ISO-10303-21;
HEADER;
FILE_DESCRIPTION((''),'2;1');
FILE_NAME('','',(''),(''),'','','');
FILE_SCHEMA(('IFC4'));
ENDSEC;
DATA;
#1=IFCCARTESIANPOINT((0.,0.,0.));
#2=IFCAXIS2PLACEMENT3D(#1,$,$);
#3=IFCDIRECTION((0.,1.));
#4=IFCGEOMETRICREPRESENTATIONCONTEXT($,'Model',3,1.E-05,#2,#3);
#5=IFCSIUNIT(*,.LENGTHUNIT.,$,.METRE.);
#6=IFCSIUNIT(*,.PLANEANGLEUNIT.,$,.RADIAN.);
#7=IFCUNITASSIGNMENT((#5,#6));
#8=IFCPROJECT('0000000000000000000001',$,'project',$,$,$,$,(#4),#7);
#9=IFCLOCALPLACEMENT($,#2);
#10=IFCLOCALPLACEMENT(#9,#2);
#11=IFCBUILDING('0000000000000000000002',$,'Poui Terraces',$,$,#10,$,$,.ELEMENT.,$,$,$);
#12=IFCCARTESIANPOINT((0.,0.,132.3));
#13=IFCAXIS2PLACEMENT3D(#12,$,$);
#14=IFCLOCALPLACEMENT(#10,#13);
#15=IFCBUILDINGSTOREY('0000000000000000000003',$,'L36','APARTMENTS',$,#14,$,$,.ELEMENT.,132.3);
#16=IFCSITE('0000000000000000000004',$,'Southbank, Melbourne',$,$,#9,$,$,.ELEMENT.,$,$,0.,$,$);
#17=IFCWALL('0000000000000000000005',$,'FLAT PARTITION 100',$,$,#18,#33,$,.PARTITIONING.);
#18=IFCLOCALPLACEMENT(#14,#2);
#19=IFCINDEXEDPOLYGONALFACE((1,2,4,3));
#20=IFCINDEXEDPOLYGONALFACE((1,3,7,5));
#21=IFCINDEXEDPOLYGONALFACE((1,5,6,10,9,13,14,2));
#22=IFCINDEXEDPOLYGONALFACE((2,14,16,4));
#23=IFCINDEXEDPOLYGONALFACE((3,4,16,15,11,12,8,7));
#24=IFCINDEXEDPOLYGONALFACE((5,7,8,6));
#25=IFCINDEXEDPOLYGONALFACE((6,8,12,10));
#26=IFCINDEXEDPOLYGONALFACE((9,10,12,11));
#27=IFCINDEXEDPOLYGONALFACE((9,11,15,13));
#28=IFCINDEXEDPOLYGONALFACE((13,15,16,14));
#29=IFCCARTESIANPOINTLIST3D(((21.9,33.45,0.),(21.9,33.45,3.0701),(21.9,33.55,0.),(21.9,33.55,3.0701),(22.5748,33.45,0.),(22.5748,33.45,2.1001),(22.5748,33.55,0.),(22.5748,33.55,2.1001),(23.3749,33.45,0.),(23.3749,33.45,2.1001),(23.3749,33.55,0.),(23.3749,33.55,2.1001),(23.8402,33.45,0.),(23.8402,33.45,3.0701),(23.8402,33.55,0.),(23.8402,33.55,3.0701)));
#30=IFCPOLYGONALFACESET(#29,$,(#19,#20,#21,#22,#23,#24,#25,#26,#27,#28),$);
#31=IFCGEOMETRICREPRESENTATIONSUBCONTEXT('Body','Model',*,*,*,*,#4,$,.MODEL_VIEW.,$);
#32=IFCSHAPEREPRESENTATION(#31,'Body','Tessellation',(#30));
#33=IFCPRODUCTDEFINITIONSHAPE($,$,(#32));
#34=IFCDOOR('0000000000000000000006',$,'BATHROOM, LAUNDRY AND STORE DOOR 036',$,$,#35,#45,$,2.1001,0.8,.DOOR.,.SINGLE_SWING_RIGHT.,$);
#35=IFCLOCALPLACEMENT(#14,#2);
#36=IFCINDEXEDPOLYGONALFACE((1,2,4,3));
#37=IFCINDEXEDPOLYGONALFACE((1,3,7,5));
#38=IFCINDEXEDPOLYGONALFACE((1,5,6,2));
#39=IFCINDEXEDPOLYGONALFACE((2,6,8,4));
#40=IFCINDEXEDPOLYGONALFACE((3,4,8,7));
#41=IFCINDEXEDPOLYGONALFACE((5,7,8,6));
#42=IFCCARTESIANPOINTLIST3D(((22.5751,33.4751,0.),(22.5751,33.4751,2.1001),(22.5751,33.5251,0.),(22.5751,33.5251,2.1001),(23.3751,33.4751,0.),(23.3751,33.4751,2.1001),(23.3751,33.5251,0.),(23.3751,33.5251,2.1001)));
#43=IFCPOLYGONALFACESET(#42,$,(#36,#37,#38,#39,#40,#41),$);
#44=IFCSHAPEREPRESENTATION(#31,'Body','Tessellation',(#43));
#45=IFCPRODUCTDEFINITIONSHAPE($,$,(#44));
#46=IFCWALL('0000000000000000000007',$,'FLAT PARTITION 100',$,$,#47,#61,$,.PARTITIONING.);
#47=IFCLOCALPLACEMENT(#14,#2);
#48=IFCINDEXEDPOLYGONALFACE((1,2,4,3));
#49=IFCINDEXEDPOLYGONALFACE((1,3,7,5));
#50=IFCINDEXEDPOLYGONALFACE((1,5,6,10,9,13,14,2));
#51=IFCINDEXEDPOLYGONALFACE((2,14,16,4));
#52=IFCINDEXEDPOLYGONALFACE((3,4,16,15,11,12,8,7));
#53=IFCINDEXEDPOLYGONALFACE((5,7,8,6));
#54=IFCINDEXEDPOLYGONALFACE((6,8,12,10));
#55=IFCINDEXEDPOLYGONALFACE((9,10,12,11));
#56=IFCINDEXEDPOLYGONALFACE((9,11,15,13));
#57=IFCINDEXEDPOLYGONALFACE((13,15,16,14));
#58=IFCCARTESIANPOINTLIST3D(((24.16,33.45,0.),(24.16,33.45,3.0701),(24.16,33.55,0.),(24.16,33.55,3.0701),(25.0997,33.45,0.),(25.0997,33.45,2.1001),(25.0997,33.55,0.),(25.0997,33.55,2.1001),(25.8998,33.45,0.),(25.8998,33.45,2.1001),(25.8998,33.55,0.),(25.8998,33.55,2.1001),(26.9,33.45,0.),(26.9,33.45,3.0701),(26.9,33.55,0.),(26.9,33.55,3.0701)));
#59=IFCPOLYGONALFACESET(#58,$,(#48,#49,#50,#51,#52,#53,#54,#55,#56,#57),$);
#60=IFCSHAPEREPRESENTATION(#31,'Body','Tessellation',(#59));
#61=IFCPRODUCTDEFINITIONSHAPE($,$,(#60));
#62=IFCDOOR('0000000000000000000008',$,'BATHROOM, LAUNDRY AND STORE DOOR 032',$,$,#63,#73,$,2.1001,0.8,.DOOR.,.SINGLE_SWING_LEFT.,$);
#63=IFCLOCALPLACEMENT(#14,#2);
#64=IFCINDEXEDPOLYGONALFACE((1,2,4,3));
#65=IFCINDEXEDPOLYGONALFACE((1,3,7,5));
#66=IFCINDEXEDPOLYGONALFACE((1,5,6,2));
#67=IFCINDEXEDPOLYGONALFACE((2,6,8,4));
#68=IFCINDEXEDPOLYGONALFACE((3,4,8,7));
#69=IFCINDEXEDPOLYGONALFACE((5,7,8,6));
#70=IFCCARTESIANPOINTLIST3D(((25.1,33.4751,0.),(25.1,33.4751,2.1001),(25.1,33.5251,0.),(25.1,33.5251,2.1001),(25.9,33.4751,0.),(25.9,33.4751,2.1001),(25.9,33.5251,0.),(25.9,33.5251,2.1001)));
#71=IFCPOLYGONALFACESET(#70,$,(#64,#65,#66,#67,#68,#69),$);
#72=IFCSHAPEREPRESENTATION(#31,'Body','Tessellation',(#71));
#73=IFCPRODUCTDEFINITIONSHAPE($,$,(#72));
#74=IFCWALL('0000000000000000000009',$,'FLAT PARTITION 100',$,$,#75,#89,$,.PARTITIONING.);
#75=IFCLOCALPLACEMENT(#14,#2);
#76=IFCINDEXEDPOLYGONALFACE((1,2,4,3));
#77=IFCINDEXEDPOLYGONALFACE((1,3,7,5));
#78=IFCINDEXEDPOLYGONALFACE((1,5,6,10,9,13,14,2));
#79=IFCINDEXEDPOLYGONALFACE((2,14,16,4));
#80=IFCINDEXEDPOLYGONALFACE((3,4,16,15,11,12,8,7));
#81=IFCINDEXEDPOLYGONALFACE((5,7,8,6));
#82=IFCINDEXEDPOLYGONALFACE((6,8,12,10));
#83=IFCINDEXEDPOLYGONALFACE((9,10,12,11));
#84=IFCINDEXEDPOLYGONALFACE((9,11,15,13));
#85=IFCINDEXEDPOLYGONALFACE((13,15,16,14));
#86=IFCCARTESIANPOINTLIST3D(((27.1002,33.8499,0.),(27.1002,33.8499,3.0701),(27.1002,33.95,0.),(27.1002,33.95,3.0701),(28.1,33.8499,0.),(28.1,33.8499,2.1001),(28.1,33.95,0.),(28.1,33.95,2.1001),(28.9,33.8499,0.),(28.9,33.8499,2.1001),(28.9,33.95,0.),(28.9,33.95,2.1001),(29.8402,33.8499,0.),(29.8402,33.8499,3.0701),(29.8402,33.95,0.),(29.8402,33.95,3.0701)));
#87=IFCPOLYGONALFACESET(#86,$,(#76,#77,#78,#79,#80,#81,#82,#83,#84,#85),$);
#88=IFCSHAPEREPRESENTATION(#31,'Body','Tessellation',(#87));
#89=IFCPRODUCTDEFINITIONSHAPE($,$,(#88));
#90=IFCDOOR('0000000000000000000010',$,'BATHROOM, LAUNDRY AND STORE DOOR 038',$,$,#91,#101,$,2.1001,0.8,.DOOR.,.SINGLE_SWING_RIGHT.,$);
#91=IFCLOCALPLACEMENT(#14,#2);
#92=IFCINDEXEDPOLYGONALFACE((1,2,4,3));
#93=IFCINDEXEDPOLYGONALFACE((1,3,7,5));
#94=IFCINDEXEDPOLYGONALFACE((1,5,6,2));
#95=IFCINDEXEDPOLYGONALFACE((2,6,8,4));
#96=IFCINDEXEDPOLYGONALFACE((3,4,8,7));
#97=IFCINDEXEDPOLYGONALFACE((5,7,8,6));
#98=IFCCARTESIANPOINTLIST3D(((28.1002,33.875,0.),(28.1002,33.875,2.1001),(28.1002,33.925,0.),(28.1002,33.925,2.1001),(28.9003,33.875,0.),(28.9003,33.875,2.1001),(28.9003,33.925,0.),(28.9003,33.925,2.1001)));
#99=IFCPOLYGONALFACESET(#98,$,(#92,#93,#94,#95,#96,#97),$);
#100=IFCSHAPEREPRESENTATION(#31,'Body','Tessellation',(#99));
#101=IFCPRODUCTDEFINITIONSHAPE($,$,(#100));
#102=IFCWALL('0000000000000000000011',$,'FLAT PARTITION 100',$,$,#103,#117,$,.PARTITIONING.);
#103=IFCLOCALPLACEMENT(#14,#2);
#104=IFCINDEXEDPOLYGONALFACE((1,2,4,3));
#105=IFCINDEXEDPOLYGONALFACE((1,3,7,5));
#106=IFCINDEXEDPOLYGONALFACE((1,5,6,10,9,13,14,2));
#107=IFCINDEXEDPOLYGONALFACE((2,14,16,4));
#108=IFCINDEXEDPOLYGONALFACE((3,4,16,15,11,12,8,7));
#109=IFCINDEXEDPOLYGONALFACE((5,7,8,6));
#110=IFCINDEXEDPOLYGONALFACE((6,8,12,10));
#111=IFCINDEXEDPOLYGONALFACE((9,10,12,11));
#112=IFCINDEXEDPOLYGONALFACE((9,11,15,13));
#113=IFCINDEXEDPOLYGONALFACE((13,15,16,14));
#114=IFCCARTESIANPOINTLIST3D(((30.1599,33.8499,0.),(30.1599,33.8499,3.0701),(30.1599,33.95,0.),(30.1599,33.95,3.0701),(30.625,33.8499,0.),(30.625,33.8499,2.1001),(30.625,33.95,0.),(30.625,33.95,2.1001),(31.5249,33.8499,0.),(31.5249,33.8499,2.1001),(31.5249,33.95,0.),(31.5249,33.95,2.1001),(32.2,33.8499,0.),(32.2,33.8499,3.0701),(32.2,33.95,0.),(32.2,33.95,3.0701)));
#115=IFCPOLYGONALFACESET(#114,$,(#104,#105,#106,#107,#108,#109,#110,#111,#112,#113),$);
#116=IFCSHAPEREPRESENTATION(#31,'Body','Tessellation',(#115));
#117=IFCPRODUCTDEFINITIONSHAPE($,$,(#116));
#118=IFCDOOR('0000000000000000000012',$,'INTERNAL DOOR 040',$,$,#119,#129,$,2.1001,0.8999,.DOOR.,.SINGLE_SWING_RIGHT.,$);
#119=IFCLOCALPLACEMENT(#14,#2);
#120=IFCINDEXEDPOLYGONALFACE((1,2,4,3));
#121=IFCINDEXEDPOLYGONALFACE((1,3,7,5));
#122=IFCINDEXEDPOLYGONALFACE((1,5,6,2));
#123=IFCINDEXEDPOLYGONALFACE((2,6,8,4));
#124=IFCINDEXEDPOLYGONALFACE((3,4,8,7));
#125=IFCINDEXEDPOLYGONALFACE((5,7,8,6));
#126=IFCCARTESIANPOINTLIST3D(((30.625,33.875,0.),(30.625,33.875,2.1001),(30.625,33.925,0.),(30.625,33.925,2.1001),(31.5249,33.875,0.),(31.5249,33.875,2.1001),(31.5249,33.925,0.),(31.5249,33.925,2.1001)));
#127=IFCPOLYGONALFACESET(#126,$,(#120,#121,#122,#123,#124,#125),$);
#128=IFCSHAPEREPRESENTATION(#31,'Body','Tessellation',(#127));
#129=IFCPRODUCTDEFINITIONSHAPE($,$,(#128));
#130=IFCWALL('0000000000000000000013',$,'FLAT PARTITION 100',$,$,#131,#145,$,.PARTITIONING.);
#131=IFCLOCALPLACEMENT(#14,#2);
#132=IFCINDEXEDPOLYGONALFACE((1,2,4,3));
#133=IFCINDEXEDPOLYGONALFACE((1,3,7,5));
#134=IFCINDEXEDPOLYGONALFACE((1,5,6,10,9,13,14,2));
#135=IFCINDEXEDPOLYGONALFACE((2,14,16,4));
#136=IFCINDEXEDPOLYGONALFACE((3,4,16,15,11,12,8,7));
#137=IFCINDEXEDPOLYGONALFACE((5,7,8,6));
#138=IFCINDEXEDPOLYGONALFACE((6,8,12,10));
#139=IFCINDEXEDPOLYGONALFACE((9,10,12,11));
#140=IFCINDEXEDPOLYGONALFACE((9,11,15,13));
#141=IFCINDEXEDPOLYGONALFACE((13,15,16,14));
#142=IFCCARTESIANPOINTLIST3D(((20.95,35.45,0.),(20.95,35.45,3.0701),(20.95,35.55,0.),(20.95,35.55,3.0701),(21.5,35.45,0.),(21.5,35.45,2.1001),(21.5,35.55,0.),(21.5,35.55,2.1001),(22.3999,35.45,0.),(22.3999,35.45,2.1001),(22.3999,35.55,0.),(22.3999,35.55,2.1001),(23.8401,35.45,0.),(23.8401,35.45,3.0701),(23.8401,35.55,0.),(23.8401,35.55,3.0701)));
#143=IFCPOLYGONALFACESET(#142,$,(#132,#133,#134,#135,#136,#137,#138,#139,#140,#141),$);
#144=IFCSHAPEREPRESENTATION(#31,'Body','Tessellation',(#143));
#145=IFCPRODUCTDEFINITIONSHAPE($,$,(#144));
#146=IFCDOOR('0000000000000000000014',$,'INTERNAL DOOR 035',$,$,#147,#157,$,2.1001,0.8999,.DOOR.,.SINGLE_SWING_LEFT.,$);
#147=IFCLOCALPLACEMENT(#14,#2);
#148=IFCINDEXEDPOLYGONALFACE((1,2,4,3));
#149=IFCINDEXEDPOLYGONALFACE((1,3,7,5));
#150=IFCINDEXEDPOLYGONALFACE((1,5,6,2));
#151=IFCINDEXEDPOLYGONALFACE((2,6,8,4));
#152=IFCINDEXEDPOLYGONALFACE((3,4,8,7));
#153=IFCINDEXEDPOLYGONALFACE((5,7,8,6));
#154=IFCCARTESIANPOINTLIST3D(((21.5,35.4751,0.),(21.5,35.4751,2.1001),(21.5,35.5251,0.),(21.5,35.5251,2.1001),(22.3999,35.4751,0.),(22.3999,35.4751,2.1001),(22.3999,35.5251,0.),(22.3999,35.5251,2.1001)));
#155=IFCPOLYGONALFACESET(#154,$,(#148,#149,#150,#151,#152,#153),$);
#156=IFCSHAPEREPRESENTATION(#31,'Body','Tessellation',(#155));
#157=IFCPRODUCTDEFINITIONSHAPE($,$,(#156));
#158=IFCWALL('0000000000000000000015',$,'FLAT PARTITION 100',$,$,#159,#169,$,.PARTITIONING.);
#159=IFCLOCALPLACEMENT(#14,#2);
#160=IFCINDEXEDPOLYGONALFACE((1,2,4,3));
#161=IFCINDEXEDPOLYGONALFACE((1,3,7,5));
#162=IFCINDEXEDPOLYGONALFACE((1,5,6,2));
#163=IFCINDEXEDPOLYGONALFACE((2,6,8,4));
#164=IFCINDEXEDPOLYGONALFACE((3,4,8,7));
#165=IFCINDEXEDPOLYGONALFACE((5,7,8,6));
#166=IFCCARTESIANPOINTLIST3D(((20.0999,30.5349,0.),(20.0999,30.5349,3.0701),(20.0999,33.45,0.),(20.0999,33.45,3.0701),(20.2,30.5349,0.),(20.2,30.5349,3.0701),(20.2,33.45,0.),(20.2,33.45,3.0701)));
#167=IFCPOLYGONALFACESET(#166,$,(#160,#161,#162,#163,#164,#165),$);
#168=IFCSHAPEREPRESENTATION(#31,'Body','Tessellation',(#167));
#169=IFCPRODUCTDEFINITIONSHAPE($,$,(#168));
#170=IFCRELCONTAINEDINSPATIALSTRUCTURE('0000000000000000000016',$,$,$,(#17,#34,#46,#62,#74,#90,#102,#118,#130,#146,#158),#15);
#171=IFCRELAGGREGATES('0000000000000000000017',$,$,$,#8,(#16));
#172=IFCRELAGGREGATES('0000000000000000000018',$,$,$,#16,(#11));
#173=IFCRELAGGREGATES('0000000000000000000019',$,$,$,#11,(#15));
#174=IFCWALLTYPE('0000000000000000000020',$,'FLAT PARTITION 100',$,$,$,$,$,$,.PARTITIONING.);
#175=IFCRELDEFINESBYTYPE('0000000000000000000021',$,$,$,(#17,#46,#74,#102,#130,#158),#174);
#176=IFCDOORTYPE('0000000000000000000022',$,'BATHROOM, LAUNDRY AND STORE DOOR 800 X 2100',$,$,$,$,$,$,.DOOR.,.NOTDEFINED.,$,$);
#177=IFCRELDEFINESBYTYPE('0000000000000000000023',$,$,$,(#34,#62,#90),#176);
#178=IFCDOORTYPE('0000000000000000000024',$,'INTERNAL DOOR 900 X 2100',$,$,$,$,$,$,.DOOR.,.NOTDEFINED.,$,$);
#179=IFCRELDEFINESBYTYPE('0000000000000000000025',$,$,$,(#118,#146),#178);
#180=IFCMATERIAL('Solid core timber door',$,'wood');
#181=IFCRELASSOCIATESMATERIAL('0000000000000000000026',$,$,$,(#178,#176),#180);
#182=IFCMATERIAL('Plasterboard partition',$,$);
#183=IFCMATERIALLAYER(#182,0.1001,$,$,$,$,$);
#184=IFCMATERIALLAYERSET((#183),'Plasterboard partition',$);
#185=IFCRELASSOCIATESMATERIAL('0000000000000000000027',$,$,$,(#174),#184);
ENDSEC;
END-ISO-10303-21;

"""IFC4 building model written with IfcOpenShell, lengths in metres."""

from ifc_helpers import new_model, si_unit, direction, frame, frame_2d, origin, place, context, subcontext, project, spatial, rectangle, extrude, material, layer, layer_set, type_object, element, fill, save


model = new_model("IFC4")

# Units and contexts
model_context = context("Model", 3, precision=1e-05, world=origin(), true_north=direction((0.0, 1.0)))
body_context = subcontext(model_context, "Body", "Model", "MODEL_VIEW")
ifc_project = project(units=[si_unit("LENGTHUNIT", "METRE"), si_unit("PLANEANGLEUNIT", "RADIAN")], contexts=[model_context])

# Site, building, storey
site_placement = place(None, origin())
site = spatial("IfcSite", under=ifc_project, at=site_placement, Name="Southbank, Melbourne", CompositionType="ELEMENT", RefElevation=0.0)
building_placement = place(site_placement, origin())
building = spatial("IfcBuilding", under=site, at=building_placement, Name="Poui Terraces", CompositionType="ELEMENT")
storey_placement = place(building_placement, frame((0.0, 0.0, 132.3)))
storey = spatial("IfcBuildingStorey", under=building, at=storey_placement, Name="L36", Description="APARTMENTS", CompositionType="ELEMENT", Elevation=132.3)

# Walls, openings, doors
ifc_material_1 = material(Name="Solid core timber door", Category="wood")
door_type_1 = type_object("IfcDoorType", Name="INTERNAL DOOR 900 X 2100", OperationType="NOTDEFINED", PredefinedType="DOOR", material=ifc_material_1)
ifc_material_2 = material(Name="Plasterboard partition")
ifc_layer_1 = layer(ifc_material_2, 0.1001)
ifc_layer_set_1 = layer_set([ifc_layer_1], Name="Plasterboard partition")
wall_type_1 = type_object("IfcWallType", Name="FLAT PARTITION 100", PredefinedType="PARTITIONING", material=ifc_layer_set_1)
wall_1_placement = place(storey_placement, frame((21.8999, 33.5, 0.0), z_axis=(0.0, 0.0, 1.0), x_axis=(1.0, 0.0, 0.0)))
wall_1 = element("IfcWall", 1, at=wall_1_placement, inside=storey, type_object=wall_type_1, Name="FLAT PARTITION 100", PredefinedType="PARTITIONING", context=body_context, shape_type="SweptSolid", body=[
    extrude(rectangle(XDim=1.9402, YDim=0.1001, at=frame_2d((0.9702, 0.0))), origin(), (0.0, 0.0, 1.0), 3.0701),
])
opening_1_placement = place(wall_1_placement, frame((0.675, 0.0, 0.0)))
opening_1 = element("IfcOpeningElement", 2, at=opening_1_placement, cuts=wall_1, PredefinedType="OPENING", context=body_context, shape_type="SweptSolid", body=[
    extrude(rectangle(XDim=0.8, YDim=2.1001, at=frame_2d((0.3999, 1.05))), frame((0.0, 0.0601, 0.0), z_axis=(0.0, -1.0, 0.0), x_axis=(1.0, 0.0, 0.0)), (0.0, 0.0, 1.0), 0.1201),
])
door_type_2 = type_object("IfcDoorType", Name="BATHROOM, LAUNDRY AND STORE DOOR 800 X 2100", OperationType="NOTDEFINED", PredefinedType="DOOR", material=ifc_material_1)
door_1_placement = place(opening_1_placement, frame((0.8, 0.0, 0.0), z_axis=(0.0, 0.0, 1.0), x_axis=(-1.0, 0.0, 0.0)))
door_1 = element("IfcDoor", 3, at=door_1_placement, inside=storey, type_object=door_type_2, Name="BATHROOM, LAUNDRY AND STORE DOOR 036", OperationType="SINGLE_SWING_RIGHT", OverallHeight=2.1001, OverallWidth=0.8, PredefinedType="DOOR", context=body_context, shape_type="SweptSolid", body=[
    extrude(rectangle(XDim=0.8, YDim=2.1001, at=frame_2d((0.3999, 1.05))), frame((0.0, 0.0249, 0.0), z_axis=(0.0, -1.0, 0.0), x_axis=(1.0, 0.0, 0.0)), (0.0, 0.0, 1.0), 0.05),
])
fill(opening_1, door_1)
wall_2_placement = place(storey_placement, frame((24.1599, 33.5, 0.0), z_axis=(0.0, 0.0, 1.0), x_axis=(1.0, 0.0, 0.0)))
wall_2 = element("IfcWall", 4, at=wall_2_placement, inside=storey, type_object=wall_type_1, Name="FLAT PARTITION 100", PredefinedType="PARTITIONING", context=body_context, shape_type="SweptSolid", body=[
    extrude(rectangle(XDim=2.74, YDim=0.1001, at=frame_2d((1.3701, 0.0))), origin(), (0.0, 0.0, 1.0), 3.0701),
])
opening_2_placement = place(wall_2_placement, frame((0.9399, 0.0, 0.0)))
opening_2 = element("IfcOpeningElement", 5, at=opening_2_placement, cuts=wall_2, PredefinedType="OPENING", context=body_context, shape_type="SweptSolid", body=[
    extrude(rectangle(XDim=0.8, YDim=2.1001, at=frame_2d((0.3999, 1.05))), frame((0.0, 0.0601, 0.0), z_axis=(0.0, -1.0, 0.0), x_axis=(1.0, 0.0, 0.0)), (0.0, 0.0, 1.0), 0.1201),
])
door_2_placement = place(opening_2_placement, frame((0.8, 0.0, 0.0), z_axis=(0.0, 0.0, 1.0), x_axis=(-1.0, 0.0, 0.0)))
door_2 = element("IfcDoor", 6, at=door_2_placement, inside=storey, type_object=door_type_2, Name="BATHROOM, LAUNDRY AND STORE DOOR 032", OperationType="SINGLE_SWING_LEFT", OverallHeight=2.1001, OverallWidth=0.8, PredefinedType="DOOR", context=body_context, shape_type="SweptSolid", body=[
    extrude(rectangle(XDim=0.8, YDim=2.1001, at=frame_2d((0.3999, 1.05))), frame((0.0, 0.0249, 0.0), z_axis=(0.0, -1.0, 0.0), x_axis=(1.0, 0.0, 0.0)), (0.0, 0.0, 1.0), 0.05),
])
fill(opening_2, door_2)
wall_3_placement = place(storey_placement, frame((27.1001, 33.8999, 0.0), z_axis=(0.0, 0.0, 1.0), x_axis=(1.0, 0.0, 0.0)))
wall_3 = element("IfcWall", 7, at=wall_3_placement, inside=storey, type_object=wall_type_1, Name="FLAT PARTITION 100", PredefinedType="PARTITIONING", context=body_context, shape_type="SweptSolid", body=[
    extrude(rectangle(XDim=2.74, YDim=0.1001, at=frame_2d((1.3701, 0.0))), origin(), (0.0, 0.0, 1.0), 3.0701),
])
opening_3_placement = place(wall_3_placement, frame((1.0, 0.0, 0.0)))
opening_3 = element("IfcOpeningElement", 8, at=opening_3_placement, cuts=wall_3, PredefinedType="OPENING", context=body_context, shape_type="SweptSolid", body=[
    extrude(rectangle(XDim=0.8, YDim=2.1001, at=frame_2d((0.3999, 1.05))), frame((0.0, 0.0601, 0.0), z_axis=(0.0, -1.0, 0.0), x_axis=(1.0, 0.0, 0.0)), (0.0, 0.0, 1.0), 0.1201),
])
door_3_placement = place(opening_3_placement, frame((0.8, 0.0, 0.0), z_axis=(0.0, 0.0, 1.0), x_axis=(-1.0, 0.0, 0.0)))
door_3 = element("IfcDoor", 9, at=door_3_placement, inside=storey, type_object=door_type_2, Name="BATHROOM, LAUNDRY AND STORE DOOR 038", OperationType="SINGLE_SWING_RIGHT", OverallHeight=2.1001, OverallWidth=0.8, PredefinedType="DOOR", context=body_context, shape_type="SweptSolid", body=[
    extrude(rectangle(XDim=0.8, YDim=2.1001, at=frame_2d((0.3999, 1.05))), frame((0.0, 0.0249, 0.0), z_axis=(0.0, -1.0, 0.0), x_axis=(1.0, 0.0, 0.0)), (0.0, 0.0, 1.0), 0.05),
])
fill(opening_3, door_3)
wall_4_placement = place(storey_placement, frame((30.1599, 33.8999, 0.0), z_axis=(0.0, 0.0, 1.0), x_axis=(1.0, 0.0, 0.0)))
wall_4 = element("IfcWall", 10, at=wall_4_placement, inside=storey, type_object=wall_type_1, Name="FLAT PARTITION 100", PredefinedType="PARTITIONING", context=body_context, shape_type="SweptSolid", body=[
    extrude(rectangle(XDim=2.04, YDim=0.1001, at=frame_2d((1.02, 0.0))), origin(), (0.0, 0.0, 1.0), 3.0701),
])
opening_4_placement = place(wall_4_placement, frame((0.4651, 0.0, 0.0)))
opening_4 = element("IfcOpeningElement", 11, at=opening_4_placement, cuts=wall_4, PredefinedType="OPENING", context=body_context, shape_type="SweptSolid", body=[
    extrude(rectangle(XDim=0.8999, YDim=2.1001, at=frame_2d((0.45, 1.05))), frame((0.0, 0.0601, 0.0), z_axis=(0.0, -1.0, 0.0), x_axis=(1.0, 0.0, 0.0)), (0.0, 0.0, 1.0), 0.1201),
])
door_4_placement = place(opening_4_placement, frame((0.8999, 0.0, 0.0), z_axis=(0.0, 0.0, 1.0), x_axis=(-1.0, 0.0, 0.0)))
door_4 = element("IfcDoor", 12, at=door_4_placement, inside=storey, type_object=door_type_1, Name="INTERNAL DOOR 040", OperationType="SINGLE_SWING_RIGHT", OverallHeight=2.1001, OverallWidth=0.8999, PredefinedType="DOOR", context=body_context, shape_type="SweptSolid", body=[
    extrude(rectangle(XDim=0.8999, YDim=2.1001, at=frame_2d((0.45, 1.05))), frame((0.0, 0.0249, 0.0), z_axis=(0.0, -1.0, 0.0), x_axis=(1.0, 0.0, 0.0)), (0.0, 0.0, 1.0), 0.05),
])
fill(opening_4, door_4)
wall_5_placement = place(storey_placement, frame((20.95, 35.5, 0.0), z_axis=(0.0, 0.0, 1.0), x_axis=(1.0, 0.0, 0.0)))
wall_5 = element("IfcWall", 13, at=wall_5_placement, inside=storey, type_object=wall_type_1, Name="FLAT PARTITION 100", PredefinedType="PARTITIONING", context=body_context, shape_type="SweptSolid", body=[
    extrude(rectangle(XDim=2.8901, YDim=0.1001, at=frame_2d((1.4451, 0.0))), origin(), (0.0, 0.0, 1.0), 3.0701),
])
opening_5_placement = place(wall_5_placement, frame((0.55, 0.0, 0.0)))
opening_5 = element("IfcOpeningElement", 14, at=opening_5_placement, cuts=wall_5, PredefinedType="OPENING", context=body_context, shape_type="SweptSolid", body=[
    extrude(rectangle(XDim=0.8999, YDim=2.1001, at=frame_2d((0.45, 1.05))), frame((0.0, 0.0601, 0.0), z_axis=(0.0, -1.0, 0.0), x_axis=(1.0, 0.0, 0.0)), (0.0, 0.0, 1.0), 0.1201),
])
door_5_placement = place(opening_5_placement, frame((0.8999, 0.0, 0.0), z_axis=(0.0, 0.0, 1.0), x_axis=(-1.0, 0.0, 0.0)))
door_5 = element("IfcDoor", 15, at=door_5_placement, inside=storey, type_object=door_type_1, Name="INTERNAL DOOR 035", OperationType="SINGLE_SWING_LEFT", OverallHeight=2.1001, OverallWidth=0.8999, PredefinedType="DOOR", context=body_context, shape_type="SweptSolid", body=[
    extrude(rectangle(XDim=0.8999, YDim=2.1001, at=frame_2d((0.45, 1.05))), frame((0.0, 0.0249, 0.0), z_axis=(0.0, -1.0, 0.0), x_axis=(1.0, 0.0, 0.0)), (0.0, 0.0, 1.0), 0.05),
])
fill(opening_5, door_5)

# Wall
wall_6_placement = place(storey_placement, frame((20.1499, 30.5349, 0.0), z_axis=(0.0, 0.0, 1.0), x_axis=(0.0, 1.0, 0.0)))
element("IfcWall", 16, at=wall_6_placement, inside=storey, type_object=wall_type_1, Name="FLAT PARTITION 100", PredefinedType="PARTITIONING", context=body_context, shape_type="SweptSolid", body=[
    extrude(rectangle(XDim=2.915, YDim=0.1001, at=frame_2d((1.4575, 0.0))), origin(), (0.0, 0.0, 1.0), 3.0701),
])

save(model, "model.ifc")
